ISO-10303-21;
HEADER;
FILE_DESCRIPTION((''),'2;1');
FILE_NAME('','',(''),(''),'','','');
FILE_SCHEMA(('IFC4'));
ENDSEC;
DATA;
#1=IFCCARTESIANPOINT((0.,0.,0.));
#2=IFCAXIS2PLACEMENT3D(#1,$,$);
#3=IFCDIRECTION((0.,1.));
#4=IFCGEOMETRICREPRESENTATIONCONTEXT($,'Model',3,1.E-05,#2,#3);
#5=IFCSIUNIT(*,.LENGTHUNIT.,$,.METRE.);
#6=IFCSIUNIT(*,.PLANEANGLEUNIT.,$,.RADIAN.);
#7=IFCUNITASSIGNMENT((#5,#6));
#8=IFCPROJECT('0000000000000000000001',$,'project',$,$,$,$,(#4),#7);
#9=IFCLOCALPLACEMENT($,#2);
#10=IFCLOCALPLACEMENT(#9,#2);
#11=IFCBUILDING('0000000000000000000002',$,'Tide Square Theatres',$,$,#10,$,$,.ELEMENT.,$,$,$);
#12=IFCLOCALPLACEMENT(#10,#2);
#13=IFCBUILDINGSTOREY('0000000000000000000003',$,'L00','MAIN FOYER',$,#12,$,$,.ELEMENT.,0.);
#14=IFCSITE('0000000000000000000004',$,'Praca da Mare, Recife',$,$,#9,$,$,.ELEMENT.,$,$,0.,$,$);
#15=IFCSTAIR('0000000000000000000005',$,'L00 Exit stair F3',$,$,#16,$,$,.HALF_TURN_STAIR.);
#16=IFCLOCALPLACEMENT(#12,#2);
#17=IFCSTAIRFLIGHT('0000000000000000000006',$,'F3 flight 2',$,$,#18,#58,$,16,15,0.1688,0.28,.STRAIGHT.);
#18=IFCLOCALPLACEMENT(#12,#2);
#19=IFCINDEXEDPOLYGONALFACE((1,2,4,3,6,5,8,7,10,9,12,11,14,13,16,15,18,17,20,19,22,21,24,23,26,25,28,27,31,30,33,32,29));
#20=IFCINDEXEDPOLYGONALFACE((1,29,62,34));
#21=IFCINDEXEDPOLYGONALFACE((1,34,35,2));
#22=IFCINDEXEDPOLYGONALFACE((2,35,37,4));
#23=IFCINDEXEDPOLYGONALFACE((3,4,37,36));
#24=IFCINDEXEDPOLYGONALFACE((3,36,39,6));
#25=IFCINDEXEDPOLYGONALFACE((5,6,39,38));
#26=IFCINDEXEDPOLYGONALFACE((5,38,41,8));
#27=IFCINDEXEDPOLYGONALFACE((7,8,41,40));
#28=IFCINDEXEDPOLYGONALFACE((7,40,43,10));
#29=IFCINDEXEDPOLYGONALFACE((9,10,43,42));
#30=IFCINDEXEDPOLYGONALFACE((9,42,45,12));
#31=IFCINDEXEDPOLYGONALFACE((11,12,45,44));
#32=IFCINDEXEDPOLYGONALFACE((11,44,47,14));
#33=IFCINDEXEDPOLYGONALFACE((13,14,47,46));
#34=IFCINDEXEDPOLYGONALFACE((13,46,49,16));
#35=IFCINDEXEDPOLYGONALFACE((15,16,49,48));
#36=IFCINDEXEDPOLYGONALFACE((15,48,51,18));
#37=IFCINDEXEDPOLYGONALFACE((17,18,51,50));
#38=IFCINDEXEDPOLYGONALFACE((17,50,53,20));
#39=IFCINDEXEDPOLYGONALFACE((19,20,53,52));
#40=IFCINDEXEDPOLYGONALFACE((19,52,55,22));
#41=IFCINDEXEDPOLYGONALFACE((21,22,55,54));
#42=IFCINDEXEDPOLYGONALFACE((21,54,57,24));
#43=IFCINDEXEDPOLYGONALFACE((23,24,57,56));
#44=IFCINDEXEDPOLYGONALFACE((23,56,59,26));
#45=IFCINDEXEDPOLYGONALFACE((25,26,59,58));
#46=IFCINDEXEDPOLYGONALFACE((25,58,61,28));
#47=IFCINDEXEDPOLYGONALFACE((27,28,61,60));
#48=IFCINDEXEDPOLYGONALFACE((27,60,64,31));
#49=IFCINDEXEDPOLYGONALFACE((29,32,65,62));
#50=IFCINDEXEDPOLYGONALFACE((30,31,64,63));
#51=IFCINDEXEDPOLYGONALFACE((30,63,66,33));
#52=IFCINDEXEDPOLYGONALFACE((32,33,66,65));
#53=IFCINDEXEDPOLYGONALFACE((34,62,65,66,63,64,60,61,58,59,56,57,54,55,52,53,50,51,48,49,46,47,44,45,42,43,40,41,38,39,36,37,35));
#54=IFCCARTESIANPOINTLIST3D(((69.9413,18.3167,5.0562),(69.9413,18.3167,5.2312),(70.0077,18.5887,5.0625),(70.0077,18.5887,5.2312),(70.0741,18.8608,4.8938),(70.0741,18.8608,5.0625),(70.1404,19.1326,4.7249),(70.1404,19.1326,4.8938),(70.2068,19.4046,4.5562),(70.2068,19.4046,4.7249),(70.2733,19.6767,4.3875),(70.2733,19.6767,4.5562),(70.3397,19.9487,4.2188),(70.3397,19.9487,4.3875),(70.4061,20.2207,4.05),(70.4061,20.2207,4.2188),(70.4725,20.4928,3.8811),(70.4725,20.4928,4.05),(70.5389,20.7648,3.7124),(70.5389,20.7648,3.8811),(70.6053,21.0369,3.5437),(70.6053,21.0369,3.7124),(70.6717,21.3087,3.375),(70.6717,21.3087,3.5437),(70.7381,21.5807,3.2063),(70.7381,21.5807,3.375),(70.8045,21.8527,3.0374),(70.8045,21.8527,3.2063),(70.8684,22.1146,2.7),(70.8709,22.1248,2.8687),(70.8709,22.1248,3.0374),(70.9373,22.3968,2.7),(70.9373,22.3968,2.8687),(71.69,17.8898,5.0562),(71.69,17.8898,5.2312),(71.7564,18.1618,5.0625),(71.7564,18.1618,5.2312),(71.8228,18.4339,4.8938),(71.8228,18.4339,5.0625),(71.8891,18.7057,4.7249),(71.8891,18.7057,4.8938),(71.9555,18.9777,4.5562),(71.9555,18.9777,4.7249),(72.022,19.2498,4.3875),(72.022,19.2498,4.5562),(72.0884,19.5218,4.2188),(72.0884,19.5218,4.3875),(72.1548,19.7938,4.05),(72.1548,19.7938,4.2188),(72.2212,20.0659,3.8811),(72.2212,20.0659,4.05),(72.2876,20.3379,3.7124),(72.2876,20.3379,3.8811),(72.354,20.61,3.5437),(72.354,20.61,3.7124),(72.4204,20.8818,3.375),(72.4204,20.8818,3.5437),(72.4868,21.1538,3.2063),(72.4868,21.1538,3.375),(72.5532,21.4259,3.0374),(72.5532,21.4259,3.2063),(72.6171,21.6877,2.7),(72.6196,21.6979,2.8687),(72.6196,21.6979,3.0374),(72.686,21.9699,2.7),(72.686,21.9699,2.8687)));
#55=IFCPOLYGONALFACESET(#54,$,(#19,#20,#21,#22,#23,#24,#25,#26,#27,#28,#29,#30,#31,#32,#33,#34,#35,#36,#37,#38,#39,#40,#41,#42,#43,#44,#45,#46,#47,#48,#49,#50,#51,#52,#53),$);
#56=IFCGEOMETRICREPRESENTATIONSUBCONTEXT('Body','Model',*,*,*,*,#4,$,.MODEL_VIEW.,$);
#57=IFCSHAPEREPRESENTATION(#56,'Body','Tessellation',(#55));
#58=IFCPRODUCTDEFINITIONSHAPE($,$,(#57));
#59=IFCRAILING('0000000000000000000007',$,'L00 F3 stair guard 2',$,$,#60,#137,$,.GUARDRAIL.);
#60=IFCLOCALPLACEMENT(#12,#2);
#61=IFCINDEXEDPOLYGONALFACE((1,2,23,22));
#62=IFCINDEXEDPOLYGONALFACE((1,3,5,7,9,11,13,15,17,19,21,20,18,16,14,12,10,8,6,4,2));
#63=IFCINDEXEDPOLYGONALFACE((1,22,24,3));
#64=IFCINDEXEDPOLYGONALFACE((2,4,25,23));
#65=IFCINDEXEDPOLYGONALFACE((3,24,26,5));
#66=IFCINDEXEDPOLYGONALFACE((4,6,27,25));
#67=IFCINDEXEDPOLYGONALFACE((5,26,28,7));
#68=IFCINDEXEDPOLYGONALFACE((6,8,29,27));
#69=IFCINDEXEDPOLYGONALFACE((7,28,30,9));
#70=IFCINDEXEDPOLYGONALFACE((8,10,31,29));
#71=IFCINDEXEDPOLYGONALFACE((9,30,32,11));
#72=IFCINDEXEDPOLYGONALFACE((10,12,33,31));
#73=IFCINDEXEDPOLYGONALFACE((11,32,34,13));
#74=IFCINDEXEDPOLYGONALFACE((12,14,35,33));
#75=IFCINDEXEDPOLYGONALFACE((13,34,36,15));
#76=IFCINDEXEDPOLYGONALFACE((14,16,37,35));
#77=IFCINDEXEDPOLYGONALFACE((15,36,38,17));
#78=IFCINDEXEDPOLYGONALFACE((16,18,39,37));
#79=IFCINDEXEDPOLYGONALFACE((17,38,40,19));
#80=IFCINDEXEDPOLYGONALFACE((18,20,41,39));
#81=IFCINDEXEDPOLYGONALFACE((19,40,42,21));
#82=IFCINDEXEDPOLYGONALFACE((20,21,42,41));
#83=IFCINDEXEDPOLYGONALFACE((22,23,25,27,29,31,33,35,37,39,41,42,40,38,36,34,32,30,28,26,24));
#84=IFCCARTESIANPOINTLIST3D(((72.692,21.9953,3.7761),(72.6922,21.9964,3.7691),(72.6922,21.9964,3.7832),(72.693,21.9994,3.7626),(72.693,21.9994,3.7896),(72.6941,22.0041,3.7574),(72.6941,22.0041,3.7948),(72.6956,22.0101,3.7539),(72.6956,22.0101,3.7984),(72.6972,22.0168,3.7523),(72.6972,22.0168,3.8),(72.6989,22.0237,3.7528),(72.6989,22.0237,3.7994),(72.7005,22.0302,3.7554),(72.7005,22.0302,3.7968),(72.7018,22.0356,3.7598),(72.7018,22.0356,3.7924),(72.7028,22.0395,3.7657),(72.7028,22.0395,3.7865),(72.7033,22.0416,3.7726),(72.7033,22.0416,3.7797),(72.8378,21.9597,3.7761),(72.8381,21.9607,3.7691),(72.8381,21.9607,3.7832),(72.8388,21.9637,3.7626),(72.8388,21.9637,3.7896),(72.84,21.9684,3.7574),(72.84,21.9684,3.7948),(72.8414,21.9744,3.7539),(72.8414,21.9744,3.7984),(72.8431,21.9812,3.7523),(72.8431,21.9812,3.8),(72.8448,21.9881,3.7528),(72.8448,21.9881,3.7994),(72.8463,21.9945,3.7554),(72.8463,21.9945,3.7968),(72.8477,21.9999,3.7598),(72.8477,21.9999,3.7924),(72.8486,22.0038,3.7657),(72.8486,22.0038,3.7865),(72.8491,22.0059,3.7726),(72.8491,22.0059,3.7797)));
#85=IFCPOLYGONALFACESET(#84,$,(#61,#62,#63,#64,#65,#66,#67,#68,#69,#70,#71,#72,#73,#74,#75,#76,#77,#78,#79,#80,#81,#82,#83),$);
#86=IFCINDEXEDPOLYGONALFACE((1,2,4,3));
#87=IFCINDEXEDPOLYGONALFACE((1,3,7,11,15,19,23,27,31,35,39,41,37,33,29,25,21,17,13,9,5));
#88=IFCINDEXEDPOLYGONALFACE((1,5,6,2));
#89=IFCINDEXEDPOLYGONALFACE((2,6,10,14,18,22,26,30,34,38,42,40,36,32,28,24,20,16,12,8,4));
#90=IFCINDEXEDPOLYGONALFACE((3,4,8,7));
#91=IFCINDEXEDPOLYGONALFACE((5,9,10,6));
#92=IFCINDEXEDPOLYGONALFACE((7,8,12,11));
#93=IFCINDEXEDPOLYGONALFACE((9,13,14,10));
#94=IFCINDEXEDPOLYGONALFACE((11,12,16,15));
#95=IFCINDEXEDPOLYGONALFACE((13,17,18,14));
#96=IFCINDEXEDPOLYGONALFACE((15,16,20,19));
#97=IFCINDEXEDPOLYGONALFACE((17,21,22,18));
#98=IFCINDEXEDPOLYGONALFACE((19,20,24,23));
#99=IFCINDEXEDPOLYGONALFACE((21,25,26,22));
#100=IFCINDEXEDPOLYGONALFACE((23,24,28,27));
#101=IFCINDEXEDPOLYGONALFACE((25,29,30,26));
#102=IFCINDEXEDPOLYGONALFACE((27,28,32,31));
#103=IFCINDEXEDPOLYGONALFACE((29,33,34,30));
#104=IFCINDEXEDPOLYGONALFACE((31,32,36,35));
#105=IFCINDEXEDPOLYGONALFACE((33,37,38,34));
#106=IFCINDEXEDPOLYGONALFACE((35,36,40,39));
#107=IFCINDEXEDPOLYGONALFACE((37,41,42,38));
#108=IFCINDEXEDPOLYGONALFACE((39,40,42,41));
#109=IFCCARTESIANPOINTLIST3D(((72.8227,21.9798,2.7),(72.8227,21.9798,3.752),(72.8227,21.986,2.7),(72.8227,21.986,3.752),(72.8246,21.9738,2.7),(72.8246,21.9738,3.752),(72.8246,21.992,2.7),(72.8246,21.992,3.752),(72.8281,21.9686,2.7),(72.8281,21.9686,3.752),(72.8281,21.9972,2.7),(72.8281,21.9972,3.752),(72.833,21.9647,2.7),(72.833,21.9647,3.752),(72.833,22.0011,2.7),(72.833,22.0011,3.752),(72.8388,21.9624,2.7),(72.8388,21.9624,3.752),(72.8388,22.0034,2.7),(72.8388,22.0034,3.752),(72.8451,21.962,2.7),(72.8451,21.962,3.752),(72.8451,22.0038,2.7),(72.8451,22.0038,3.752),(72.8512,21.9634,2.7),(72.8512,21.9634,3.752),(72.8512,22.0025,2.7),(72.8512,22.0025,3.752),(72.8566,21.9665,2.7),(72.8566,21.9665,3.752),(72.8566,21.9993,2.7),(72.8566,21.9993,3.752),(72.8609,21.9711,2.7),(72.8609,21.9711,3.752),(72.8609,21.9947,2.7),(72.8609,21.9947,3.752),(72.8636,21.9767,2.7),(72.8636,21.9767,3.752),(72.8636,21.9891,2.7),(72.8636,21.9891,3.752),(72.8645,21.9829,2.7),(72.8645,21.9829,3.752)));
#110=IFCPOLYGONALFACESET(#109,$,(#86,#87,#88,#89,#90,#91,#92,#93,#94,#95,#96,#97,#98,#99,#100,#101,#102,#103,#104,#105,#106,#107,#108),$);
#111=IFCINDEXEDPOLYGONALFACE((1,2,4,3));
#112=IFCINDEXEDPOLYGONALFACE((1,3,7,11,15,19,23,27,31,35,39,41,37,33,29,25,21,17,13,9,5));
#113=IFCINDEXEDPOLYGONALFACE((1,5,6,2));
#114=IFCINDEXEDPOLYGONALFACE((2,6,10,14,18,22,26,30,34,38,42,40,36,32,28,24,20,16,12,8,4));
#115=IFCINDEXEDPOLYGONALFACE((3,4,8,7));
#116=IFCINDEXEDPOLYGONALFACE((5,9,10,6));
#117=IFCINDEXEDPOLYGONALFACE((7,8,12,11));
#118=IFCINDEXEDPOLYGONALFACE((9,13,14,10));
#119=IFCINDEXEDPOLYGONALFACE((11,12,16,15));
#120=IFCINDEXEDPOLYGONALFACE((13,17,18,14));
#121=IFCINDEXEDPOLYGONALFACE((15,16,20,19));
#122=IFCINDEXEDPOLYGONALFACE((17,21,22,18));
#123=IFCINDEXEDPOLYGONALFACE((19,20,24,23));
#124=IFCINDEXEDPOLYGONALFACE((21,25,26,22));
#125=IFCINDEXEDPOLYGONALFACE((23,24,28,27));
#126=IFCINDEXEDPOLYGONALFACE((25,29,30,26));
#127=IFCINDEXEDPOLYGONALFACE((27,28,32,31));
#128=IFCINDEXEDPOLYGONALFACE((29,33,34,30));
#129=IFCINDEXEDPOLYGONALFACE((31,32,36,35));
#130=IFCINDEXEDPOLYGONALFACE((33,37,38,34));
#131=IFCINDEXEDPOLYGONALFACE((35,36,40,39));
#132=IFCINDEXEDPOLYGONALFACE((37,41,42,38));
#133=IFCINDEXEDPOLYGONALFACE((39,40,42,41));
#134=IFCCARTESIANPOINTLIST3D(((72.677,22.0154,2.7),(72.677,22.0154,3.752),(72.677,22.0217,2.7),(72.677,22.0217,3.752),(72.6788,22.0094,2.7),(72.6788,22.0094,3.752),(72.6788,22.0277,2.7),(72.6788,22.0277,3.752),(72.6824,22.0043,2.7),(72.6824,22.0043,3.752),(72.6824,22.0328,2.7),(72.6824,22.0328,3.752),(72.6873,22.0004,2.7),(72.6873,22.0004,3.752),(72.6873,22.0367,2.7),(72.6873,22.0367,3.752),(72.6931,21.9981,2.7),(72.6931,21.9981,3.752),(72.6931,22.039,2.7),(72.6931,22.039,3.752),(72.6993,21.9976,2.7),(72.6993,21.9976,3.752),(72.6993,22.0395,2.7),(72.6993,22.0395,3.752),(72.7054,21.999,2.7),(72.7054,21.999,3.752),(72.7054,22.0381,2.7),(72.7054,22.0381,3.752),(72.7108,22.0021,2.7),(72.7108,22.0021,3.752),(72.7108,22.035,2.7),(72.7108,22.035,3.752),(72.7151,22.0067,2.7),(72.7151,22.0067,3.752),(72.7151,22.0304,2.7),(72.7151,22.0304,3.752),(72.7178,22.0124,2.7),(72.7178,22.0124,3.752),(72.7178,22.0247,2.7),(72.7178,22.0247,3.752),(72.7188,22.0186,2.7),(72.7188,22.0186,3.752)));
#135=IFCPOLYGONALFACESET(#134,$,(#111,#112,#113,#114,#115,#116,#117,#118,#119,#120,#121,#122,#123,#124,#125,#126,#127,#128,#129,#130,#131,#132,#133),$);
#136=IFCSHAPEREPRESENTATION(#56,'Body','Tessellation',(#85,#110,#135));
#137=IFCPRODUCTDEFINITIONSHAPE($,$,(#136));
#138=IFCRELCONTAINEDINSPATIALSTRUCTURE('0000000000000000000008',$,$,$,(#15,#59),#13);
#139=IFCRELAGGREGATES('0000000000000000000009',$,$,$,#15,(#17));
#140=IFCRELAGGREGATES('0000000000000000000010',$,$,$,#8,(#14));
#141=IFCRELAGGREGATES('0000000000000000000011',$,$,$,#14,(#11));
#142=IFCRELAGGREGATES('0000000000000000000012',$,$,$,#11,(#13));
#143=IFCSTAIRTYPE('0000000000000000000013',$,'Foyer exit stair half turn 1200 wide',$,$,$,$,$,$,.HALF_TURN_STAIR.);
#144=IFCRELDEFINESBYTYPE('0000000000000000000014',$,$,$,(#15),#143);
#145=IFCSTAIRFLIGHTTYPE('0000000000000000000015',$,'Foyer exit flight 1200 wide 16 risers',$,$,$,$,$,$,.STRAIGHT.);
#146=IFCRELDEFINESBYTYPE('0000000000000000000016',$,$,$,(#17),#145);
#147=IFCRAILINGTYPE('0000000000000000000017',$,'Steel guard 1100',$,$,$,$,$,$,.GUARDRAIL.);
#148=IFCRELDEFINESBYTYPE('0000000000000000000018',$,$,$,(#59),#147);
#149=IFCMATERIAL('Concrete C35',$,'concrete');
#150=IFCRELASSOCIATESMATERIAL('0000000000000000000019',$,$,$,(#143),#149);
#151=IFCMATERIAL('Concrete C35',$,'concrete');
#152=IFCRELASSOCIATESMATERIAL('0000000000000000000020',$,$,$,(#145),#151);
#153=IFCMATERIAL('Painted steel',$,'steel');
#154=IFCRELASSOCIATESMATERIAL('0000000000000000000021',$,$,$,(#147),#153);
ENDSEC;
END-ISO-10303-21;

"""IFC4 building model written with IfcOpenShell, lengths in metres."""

from ifc_helpers import new_model, si_unit, direction, frame, origin, origin_2d, place, context, subcontext, project, spatial, polyline, circle, outline, extrude, material, type_object, element, aggregate, save


model = new_model("IFC4")

# Units and contexts
model_context = context("Model", 3, precision=1e-05, world=origin(), true_north=direction((0.0, 1.0)))
body_context = subcontext(model_context, "Body", "Model", "MODEL_VIEW")
ifc_project = project(units=[si_unit("LENGTHUNIT", "METRE"), si_unit("PLANEANGLEUNIT", "RADIAN")], contexts=[model_context])

# Site, building, storey
site_placement = place(None, origin())
site = spatial("IfcSite", under=ifc_project, at=site_placement, Name="Praca da Mare, Recife", CompositionType="ELEMENT", RefElevation=0.0)
building_placement = place(site_placement, origin())
building = spatial("IfcBuilding", under=site, at=building_placement, Name="Tide Square Theatres", CompositionType="ELEMENT")
storey_placement = place(building_placement, origin())
storey = spatial("IfcBuildingStorey", under=building, at=storey_placement, Name="L00", Description="MAIN FOYER", CompositionType="ELEMENT", Elevation=0.0)

# Stair, stair flight
ifc_material_1 = material(Name="Concrete C35", Category="concrete")
stair_type = type_object("IfcStairType", Name="Foyer exit stair half turn 1200 wide", PredefinedType="HALF_TURN_STAIR", material=ifc_material_1)
stair_placement = place(storey_placement, origin())
stair = element("IfcStair", 1, at=stair_placement, inside=storey, type_object=stair_type, Name="L00 Exit stair F3", PredefinedType="HALF_TURN_STAIR")
ifc_material_2 = material(Name="Concrete C35", Category="concrete")
stair_flight_type = type_object("IfcStairFlightType", Name="Foyer exit flight 1200 wide 16 risers", PredefinedType="STRAIGHT", material=ifc_material_2)
stair_flight_1_placement = place(storey_placement, frame((71.8118, 22.1833, 2.7), z_axis=(0.0, 0.0, 1.0), x_axis=(-0.237155, -0.971472, 0.0)))
stair_flight_1 = element("IfcStairFlight", 2, at=stair_flight_1_placement, type_object=stair_flight_type, Name="F3 flight 2", NumberOfRisers=16, NumberOfTreads=15, PredefinedType="STRAIGHT", RiserHeight=0.1688, TreadLength=0.28, context=body_context, shape_type="SweptSolid", body=[
    extrude(outline(polyline([(0.0, 0.0), (0.0, 0.1687), (0.28, 0.1687), (0.28, 0.3374), (0.5601, 0.3374), (0.5601, 0.5063), (0.8401, 0.5063), (0.8401, 0.675), (1.1201, 0.675), (1.1201, 0.8438), (1.3999, 0.8438), (1.3999, 1.0125), (1.6799, 1.0125), (1.6799, 1.1812), (1.96, 1.1812), (1.96, 1.3501), (2.24, 1.3501), (2.24, 1.5188), (2.52, 1.5188), (2.52, 1.6875), (2.8, 1.6875), (2.8, 1.8562), (3.0801, 1.8562), (3.0801, 2.0249), (3.3601, 2.0249), (3.3601, 2.1938), (3.6399, 2.1938), (3.6399, 2.3625), (3.9199, 2.3625), (3.9199, 2.5312), (4.2, 2.5312), (4.2, 2.7), (4.2, 2.3562), (0.2905, 0.0), (0.0, 0.0)])), frame((0.0, 0.8999, 0.0), z_axis=(0.0, -1.0, 0.0), x_axis=(1.0, 0.0, 0.0)), (0.0, 0.0, 1.0), 1.8),
])
aggregate(stair, [stair_flight_1])

# Railing
ifc_material_3 = material(Name="Painted steel", Category="steel")
railing_type_1 = type_object("IfcRailingType", Name="Steel guard 1100", PredefinedType="GUARDRAIL", material=ifc_material_3)
railing_1_placement = place(storey_placement, frame((72.8435, 21.9829, 2.7)))
element("IfcRailing", 3, at=railing_1_placement, inside=storey, type_object=railing_type_1, Name="L00 F3 stair guard 2", PredefinedType="GUARDRAIL", context=body_context, shape_type="SweptSolid", body=[
    extrude(circle(Radius=0.0239, at=origin_2d()), frame((0.0, 0.0, 1.0762), z_axis=(-0.971374, 0.237555, 0.0), x_axis=(-0.237555, -0.971374, 0.0)), (0.0, 0.0, 1.0), 0.1501),
    extrude(circle(Radius=0.021, at=origin_2d()), origin(), (0.0, 0.0, 1.0), 1.052),
    extrude(circle(Radius=0.021, at=origin_2d()), frame((-0.1458, 0.0356, 0.0)), (0.0, 0.0, 1.0), 1.052),
])

save(model, "model.ifc")
